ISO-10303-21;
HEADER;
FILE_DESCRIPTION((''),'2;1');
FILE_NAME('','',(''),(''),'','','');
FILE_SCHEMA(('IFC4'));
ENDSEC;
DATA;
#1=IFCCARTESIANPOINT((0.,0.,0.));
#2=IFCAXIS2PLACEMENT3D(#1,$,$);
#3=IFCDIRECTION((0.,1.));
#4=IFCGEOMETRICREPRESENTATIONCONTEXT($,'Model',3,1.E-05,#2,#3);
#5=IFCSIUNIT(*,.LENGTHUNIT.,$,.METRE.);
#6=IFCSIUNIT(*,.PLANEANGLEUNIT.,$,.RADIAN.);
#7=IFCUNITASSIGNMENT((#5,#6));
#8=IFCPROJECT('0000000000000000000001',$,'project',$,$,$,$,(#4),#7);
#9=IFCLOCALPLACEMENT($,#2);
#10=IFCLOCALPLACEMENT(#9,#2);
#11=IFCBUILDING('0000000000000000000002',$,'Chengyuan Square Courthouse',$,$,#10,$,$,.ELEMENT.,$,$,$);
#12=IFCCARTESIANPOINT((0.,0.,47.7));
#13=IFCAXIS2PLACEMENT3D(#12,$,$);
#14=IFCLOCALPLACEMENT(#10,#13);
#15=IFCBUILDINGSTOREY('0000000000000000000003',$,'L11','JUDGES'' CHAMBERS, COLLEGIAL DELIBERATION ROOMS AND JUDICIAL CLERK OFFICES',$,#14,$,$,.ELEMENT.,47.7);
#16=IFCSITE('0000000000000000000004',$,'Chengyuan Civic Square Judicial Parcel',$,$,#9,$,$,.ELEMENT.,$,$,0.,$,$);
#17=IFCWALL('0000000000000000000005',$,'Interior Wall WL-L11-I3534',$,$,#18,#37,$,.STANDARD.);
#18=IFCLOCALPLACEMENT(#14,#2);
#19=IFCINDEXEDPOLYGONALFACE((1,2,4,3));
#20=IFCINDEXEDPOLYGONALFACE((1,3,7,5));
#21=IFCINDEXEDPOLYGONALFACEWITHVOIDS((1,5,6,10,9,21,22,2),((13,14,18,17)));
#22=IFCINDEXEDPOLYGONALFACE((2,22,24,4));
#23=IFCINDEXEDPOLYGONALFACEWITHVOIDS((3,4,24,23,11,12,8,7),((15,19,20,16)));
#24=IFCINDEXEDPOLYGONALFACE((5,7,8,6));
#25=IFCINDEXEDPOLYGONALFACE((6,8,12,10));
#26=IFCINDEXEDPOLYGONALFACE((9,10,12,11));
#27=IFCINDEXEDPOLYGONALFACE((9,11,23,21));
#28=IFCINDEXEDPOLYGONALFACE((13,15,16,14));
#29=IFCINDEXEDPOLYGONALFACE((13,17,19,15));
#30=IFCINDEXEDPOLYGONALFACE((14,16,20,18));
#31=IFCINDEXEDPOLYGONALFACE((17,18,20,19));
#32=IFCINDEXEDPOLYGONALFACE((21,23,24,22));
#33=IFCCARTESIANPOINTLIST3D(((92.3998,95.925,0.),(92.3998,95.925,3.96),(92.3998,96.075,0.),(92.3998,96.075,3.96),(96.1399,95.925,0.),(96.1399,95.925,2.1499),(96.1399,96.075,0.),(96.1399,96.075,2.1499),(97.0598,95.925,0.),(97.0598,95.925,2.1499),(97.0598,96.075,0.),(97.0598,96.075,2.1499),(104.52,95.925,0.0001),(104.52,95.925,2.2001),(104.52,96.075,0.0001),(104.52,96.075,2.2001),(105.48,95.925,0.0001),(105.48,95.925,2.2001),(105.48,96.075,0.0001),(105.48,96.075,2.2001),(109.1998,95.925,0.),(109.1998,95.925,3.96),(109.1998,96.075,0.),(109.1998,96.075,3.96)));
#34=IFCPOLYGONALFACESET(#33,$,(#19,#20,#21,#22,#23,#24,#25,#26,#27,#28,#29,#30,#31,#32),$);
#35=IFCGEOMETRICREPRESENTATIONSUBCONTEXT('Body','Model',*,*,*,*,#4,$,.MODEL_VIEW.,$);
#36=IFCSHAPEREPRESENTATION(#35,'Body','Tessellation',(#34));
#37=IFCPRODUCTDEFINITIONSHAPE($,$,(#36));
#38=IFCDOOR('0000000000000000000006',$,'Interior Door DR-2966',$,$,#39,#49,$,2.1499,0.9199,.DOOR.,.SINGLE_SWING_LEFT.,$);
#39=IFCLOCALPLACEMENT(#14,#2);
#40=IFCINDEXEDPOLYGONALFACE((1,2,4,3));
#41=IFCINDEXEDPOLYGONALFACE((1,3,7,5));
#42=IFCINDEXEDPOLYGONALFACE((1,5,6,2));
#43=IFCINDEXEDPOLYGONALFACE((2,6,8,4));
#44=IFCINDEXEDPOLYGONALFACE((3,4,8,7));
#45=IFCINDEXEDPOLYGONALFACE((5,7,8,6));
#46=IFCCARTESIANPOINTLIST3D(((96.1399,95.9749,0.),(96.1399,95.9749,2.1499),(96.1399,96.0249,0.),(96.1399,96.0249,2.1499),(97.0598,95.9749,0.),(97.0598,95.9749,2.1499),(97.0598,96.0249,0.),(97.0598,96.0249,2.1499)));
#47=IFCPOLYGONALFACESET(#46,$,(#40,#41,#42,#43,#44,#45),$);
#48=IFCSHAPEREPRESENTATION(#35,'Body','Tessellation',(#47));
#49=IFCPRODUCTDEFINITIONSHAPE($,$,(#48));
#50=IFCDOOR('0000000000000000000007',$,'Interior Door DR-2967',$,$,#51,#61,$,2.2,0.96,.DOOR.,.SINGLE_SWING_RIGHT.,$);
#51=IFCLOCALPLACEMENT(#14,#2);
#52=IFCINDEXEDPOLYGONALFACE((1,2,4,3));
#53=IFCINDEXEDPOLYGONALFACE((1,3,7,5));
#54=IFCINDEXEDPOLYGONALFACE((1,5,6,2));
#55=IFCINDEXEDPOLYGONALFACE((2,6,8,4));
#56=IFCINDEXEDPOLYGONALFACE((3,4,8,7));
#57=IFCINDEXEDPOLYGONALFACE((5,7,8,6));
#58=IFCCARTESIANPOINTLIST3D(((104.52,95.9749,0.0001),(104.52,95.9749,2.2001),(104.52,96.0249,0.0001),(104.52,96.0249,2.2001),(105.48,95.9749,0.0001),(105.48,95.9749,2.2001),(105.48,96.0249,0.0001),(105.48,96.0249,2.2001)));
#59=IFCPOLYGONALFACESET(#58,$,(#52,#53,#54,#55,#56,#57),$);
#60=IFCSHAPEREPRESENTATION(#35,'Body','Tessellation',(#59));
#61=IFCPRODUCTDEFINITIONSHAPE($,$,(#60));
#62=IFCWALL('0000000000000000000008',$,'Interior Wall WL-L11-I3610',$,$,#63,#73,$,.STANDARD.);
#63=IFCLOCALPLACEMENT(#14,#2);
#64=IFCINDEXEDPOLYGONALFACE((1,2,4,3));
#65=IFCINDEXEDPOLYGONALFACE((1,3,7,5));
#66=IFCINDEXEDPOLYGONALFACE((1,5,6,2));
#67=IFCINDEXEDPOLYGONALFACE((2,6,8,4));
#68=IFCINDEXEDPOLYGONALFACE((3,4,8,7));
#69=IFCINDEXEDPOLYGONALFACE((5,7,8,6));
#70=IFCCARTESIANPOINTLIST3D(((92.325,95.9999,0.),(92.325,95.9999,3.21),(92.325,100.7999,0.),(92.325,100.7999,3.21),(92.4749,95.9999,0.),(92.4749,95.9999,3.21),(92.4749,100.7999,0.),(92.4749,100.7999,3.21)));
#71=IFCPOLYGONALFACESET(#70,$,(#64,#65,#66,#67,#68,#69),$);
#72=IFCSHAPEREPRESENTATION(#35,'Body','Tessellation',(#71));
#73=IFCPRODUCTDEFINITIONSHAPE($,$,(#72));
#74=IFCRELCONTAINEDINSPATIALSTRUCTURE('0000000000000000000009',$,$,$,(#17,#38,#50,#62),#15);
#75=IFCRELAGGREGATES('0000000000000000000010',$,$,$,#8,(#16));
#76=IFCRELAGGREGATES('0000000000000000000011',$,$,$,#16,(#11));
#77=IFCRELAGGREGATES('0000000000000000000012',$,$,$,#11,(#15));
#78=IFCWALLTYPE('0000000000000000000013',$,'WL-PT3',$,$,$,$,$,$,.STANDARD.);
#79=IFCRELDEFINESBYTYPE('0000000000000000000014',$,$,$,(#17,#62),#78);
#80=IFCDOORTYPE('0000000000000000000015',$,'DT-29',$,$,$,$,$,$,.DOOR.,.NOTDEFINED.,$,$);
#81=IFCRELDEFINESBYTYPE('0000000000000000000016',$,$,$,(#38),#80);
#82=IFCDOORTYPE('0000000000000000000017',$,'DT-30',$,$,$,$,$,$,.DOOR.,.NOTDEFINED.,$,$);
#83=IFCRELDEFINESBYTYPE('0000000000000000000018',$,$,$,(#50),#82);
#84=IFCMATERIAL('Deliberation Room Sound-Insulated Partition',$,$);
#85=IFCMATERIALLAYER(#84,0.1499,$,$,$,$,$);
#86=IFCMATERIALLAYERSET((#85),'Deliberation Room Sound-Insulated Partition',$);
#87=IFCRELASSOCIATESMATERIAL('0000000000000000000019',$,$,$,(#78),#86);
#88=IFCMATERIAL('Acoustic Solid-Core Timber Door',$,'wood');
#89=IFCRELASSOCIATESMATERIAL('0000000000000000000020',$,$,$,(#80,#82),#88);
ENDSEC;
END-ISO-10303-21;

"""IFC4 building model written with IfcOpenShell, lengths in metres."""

from ifc_helpers import new_model, si_unit, direction, frame, frame_2d, origin, place, context, subcontext, project, spatial, rectangle, extrude, material, layer, layer_set, type_object, element, fill, save


model = new_model("IFC4")

# Units and contexts
model_context = context("Model", 3, precision=1e-05, world=origin(), true_north=direction((0.0, 1.0)))
body_context = subcontext(model_context, "Body", "Model", "MODEL_VIEW")
ifc_project = project(units=[si_unit("LENGTHUNIT", "METRE"), si_unit("PLANEANGLEUNIT", "RADIAN")], contexts=[model_context])

# Site, building, storey
site_placement = place(None, origin())
site = spatial("IfcSite", under=ifc_project, at=site_placement, Name="Chengyuan Civic Square Judicial Parcel", CompositionType="ELEMENT", RefElevation=0.0)
building_placement = place(site_placement, origin())
building = spatial("IfcBuilding", under=site, at=building_placement, Name="Chengyuan Square Courthouse", CompositionType="ELEMENT")
storey_placement = place(building_placement, frame((0.0, 0.0, 47.7)))
storey = spatial("IfcBuildingStorey", under=building, at=storey_placement, Name="L11", Description="JUDGES' CHAMBERS, COLLEGIAL DELIBERATION ROOMS AND JUDICIAL CLERK OFFICES", CompositionType="ELEMENT", Elevation=47.7)

# Wall, openings, doors
ifc_material_1 = material(Name="Deliberation Room Sound-Insulated Partition")
ifc_layer_1 = layer(ifc_material_1, 0.1499)
ifc_layer_set_1 = layer_set([ifc_layer_1], Name="Deliberation Room Sound-Insulated Partition")
wall_type_1 = type_object("IfcWallType", Name="WL-PT3", PredefinedType="STANDARD", material=ifc_layer_set_1)
wall_1_placement = place(storey_placement, frame((92.3999, 96.0, 0.0), z_axis=(0.0, 0.0, 1.0), x_axis=(1.0, 0.0, 0.0)))
wall_1 = element("IfcWall", 1, at=wall_1_placement, inside=storey, type_object=wall_type_1, Name="Interior Wall WL-L11-I3534", PredefinedType="STANDARD", context=body_context, shape_type="SweptSolid", body=[
    extrude(rectangle(XDim=16.8, YDim=0.1499, at=frame_2d((8.3999, 0.0))), origin(), (0.0, 0.0, 1.0), 3.96),
])
opening_1_placement = place(wall_1_placement, frame((3.74, 0.0, 0.0)))
opening_1 = element("IfcOpeningElement", 2, at=opening_1_placement, cuts=wall_1, PredefinedType="OPENING", context=body_context, shape_type="SweptSolid", body=[
    extrude(rectangle(XDim=0.9199, YDim=2.1499, at=frame_2d((0.46, 1.075))), frame((0.0, 0.0869, 0.0), z_axis=(0.0, -1.0, 0.0), x_axis=(1.0, 0.0, 0.0)), (0.0, 0.0, 1.0), 0.1738),
])
opening_2_placement = place(wall_1_placement, frame((12.1201, 0.0, 0.0)))
opening_2 = element("IfcOpeningElement", 3, at=opening_2_placement, cuts=wall_1, PredefinedType="OPENING", context=body_context, shape_type="SweptSolid", body=[
    extrude(rectangle(XDim=0.96, YDim=2.2, at=frame_2d((0.48, 1.1001))), frame((0.0, 0.0869, 0.0), z_axis=(0.0, -1.0, 0.0), x_axis=(1.0, 0.0, 0.0)), (0.0, 0.0, 1.0), 0.1738),
])
ifc_material_2 = material(Name="Acoustic Solid-Core Timber Door", Category="wood")
door_type_1 = type_object("IfcDoorType", Name="DT-29", OperationType="NOTDEFINED", PredefinedType="DOOR", material=ifc_material_2)
door_1_placement = place(opening_1_placement, origin())
door_1 = element("IfcDoor", 4, at=door_1_placement, inside=storey, type_object=door_type_1, Name="Interior Door DR-2966", OperationType="SINGLE_SWING_LEFT", OverallHeight=2.1499, OverallWidth=0.9199, PredefinedType="DOOR", context=body_context, shape_type="SweptSolid", body=[
    extrude(rectangle(XDim=0.9199, YDim=2.1499, at=frame_2d((0.46, 1.075))), frame((0.0, 0.0249, 0.0), z_axis=(0.0, -1.0, 0.0), x_axis=(1.0, 0.0, 0.0)), (0.0, 0.0, 1.0), 0.05),
])
fill(opening_1, door_1)
door_type_2 = type_object("IfcDoorType", Name="DT-30", OperationType="NOTDEFINED", PredefinedType="DOOR", material=ifc_material_2)
door_2_placement = place(opening_2_placement, origin())
door_2 = element("IfcDoor", 5, at=door_2_placement, inside=storey, type_object=door_type_2, Name="Interior Door DR-2967", OperationType="SINGLE_SWING_RIGHT", OverallHeight=2.2, OverallWidth=0.96, PredefinedType="DOOR", context=body_context, shape_type="SweptSolid", body=[
    extrude(rectangle(XDim=0.96, YDim=2.2, at=frame_2d((0.48, 1.1001))), frame((0.0, 0.0249, 0.0), z_axis=(0.0, -1.0, 0.0), x_axis=(1.0, 0.0, 0.0)), (0.0, 0.0, 1.0), 0.05),
])
fill(opening_2, door_2)

# Wall
wall_2_placement = place(storey_placement, frame((92.3999, 96.0, 0.0), z_axis=(0.0, 0.0, 1.0), x_axis=(0.0, 1.0, 0.0)))
element("IfcWall", 6, at=wall_2_placement, inside=storey, type_object=wall_type_1, Name="Interior Wall WL-L11-I3610", PredefinedType="STANDARD", context=body_context, shape_type="SweptSolid", body=[
    extrude(rectangle(XDim=4.8, YDim=0.1499, at=frame_2d((2.3999, 0.0))), origin(), (0.0, 0.0, 1.0), 3.21),
])

save(model, "model.ifc")
